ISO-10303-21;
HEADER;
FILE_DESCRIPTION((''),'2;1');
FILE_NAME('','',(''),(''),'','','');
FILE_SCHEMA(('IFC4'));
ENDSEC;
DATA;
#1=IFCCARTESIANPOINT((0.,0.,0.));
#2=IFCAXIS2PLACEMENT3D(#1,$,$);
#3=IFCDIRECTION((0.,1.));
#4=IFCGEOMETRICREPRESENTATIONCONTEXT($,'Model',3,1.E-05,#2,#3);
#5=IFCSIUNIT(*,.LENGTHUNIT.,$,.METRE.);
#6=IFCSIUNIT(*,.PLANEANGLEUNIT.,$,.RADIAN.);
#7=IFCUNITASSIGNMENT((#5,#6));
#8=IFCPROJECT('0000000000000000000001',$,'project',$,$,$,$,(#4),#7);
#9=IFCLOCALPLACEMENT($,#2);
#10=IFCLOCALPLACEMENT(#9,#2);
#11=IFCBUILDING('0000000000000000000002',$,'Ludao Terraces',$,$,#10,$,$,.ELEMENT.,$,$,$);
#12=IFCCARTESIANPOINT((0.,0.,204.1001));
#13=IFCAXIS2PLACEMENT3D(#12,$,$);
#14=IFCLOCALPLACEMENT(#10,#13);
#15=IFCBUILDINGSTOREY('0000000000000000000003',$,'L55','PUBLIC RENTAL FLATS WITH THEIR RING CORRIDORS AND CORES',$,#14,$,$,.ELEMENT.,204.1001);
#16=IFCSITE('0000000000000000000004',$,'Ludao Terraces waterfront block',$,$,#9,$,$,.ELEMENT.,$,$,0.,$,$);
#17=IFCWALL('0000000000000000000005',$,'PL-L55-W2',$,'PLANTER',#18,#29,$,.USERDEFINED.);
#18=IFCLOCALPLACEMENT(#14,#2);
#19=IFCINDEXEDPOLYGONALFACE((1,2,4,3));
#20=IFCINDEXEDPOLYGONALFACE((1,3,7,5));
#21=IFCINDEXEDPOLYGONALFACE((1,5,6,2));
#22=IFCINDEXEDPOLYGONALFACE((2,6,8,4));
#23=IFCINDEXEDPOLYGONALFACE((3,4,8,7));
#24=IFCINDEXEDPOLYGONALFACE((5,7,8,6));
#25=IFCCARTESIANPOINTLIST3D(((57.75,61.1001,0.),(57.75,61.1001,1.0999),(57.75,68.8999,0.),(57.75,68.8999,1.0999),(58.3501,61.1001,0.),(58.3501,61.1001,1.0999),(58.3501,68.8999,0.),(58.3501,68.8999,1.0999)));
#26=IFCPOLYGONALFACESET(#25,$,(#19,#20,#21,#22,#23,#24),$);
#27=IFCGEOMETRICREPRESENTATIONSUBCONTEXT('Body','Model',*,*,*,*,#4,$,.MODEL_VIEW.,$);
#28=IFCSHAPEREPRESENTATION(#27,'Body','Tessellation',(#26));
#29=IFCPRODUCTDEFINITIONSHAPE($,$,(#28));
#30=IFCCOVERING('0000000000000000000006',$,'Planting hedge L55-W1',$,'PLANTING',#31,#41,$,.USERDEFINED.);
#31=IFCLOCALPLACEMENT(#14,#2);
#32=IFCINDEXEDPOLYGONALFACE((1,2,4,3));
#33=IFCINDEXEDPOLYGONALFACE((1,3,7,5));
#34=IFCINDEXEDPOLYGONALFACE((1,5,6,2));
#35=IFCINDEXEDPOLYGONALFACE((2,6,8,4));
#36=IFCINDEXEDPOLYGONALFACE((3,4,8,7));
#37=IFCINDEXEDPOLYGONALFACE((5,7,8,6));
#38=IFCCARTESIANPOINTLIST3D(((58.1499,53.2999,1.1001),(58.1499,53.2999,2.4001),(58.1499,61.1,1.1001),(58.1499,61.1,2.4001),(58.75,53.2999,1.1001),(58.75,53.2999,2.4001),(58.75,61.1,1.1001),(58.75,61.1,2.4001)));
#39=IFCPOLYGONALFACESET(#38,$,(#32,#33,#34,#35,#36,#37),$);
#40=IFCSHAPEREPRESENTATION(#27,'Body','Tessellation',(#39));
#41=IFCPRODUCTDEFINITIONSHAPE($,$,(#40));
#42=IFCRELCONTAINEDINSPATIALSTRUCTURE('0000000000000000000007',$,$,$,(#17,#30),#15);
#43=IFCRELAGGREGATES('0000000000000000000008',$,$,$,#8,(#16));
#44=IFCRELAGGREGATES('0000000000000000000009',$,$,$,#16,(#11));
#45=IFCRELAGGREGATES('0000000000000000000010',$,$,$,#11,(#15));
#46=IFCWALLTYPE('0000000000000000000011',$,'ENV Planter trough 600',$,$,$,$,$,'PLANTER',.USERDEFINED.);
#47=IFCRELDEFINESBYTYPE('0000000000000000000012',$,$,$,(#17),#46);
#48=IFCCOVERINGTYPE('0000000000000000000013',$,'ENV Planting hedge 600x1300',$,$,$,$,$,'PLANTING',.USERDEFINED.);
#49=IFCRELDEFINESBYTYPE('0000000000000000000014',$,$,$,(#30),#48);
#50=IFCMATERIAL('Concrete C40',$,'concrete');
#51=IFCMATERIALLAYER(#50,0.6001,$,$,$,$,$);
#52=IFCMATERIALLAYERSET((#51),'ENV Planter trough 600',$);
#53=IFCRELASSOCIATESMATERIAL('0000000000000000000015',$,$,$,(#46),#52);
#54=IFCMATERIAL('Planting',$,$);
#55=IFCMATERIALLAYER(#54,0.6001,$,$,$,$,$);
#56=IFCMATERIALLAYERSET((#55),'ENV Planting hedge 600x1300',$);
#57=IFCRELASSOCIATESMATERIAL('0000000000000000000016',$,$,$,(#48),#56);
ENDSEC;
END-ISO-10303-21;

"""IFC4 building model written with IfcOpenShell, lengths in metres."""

from ifc_helpers import new_model, si_unit, direction, frame, frame_2d, origin, origin_2d, place, context, subcontext, project, spatial, rectangle, extrude, material, layer, layer_set, type_object, element, save


model = new_model("IFC4")

# Units and contexts
model_context = context("Model", 3, precision=1e-05, world=origin(), true_north=direction((0.0, 1.0)))
body_context = subcontext(model_context, "Body", "Model", "MODEL_VIEW")
ifc_project = project(units=[si_unit("LENGTHUNIT", "METRE"), si_unit("PLANEANGLEUNIT", "RADIAN")], contexts=[model_context])

# Site, building, storey
site_placement = place(None, origin())
site = spatial("IfcSite", under=ifc_project, at=site_placement, Name="Ludao Terraces waterfront block", CompositionType="ELEMENT", RefElevation=0.0)
building_placement = place(site_placement, origin())
building = spatial("IfcBuilding", under=site, at=building_placement, Name="Ludao Terraces", CompositionType="ELEMENT")
storey_placement = place(building_placement, frame((0.0, 0.0, 204.1001)))
storey = spatial("IfcBuildingStorey", under=building, at=storey_placement, Name="L55", Description="PUBLIC RENTAL FLATS WITH THEIR RING CORRIDORS AND CORES", CompositionType="ELEMENT", Elevation=204.1001)

# Shared definitions
ifc_material_1 = material(Name="Concrete C40", Category="concrete")

# Wall
ifc_layer_1 = layer(ifc_material_1, 0.6001)
ifc_layer_set_1 = layer_set([ifc_layer_1], Name="ENV Planter trough 600")
wall_type = type_object("IfcWallType", Name="ENV Planter trough 600", ElementType="PLANTER", PredefinedType="USERDEFINED", material=ifc_layer_set_1)
wall_1_placement = place(storey_placement, frame((58.05, 61.1001, 0.0), z_axis=(0.0, 0.0, 1.0), x_axis=(0.0, 1.0, 0.0)))
element("IfcWall", 1, at=wall_1_placement, inside=storey, type_object=wall_type, Name="PL-L55-W2", ObjectType="PLANTER", PredefinedType="USERDEFINED", context=body_context, shape_type="SweptSolid", body=[
    extrude(rectangle(XDim=7.7998, YDim=0.6001, at=frame_2d((3.8999, 0.0))), origin(), (0.0, 0.0, 1.0), 1.0999),
])

# Covering
ifc_material_2 = material(Name="Planting")
ifc_layer_2 = layer(ifc_material_2, 0.6001)
ifc_layer_set_2 = layer_set([ifc_layer_2], Name="ENV Planting hedge 600x1300")
covering_type = type_object("IfcCoveringType", Name="ENV Planting hedge 600x1300", ElementType="PLANTING", PredefinedType="USERDEFINED", material=ifc_layer_set_2)
covering_placement = place(storey_placement, frame((58.45, 57.2, 1.1001), z_axis=(0.0, 0.0, 1.0), x_axis=(1.0, 0.0, 0.0)))
element("IfcCovering", 2, at=covering_placement, inside=storey, type_object=covering_type, Name="Planting hedge L55-W1", ObjectType="PLANTING", PredefinedType="USERDEFINED", context=body_context, shape_type="SweptSolid", body=[
    extrude(rectangle(XDim=0.6001, YDim=7.8, at=origin_2d()), origin(), (0.0, 0.0, 1.0), 1.3),
])

save(model, "model.ifc")
